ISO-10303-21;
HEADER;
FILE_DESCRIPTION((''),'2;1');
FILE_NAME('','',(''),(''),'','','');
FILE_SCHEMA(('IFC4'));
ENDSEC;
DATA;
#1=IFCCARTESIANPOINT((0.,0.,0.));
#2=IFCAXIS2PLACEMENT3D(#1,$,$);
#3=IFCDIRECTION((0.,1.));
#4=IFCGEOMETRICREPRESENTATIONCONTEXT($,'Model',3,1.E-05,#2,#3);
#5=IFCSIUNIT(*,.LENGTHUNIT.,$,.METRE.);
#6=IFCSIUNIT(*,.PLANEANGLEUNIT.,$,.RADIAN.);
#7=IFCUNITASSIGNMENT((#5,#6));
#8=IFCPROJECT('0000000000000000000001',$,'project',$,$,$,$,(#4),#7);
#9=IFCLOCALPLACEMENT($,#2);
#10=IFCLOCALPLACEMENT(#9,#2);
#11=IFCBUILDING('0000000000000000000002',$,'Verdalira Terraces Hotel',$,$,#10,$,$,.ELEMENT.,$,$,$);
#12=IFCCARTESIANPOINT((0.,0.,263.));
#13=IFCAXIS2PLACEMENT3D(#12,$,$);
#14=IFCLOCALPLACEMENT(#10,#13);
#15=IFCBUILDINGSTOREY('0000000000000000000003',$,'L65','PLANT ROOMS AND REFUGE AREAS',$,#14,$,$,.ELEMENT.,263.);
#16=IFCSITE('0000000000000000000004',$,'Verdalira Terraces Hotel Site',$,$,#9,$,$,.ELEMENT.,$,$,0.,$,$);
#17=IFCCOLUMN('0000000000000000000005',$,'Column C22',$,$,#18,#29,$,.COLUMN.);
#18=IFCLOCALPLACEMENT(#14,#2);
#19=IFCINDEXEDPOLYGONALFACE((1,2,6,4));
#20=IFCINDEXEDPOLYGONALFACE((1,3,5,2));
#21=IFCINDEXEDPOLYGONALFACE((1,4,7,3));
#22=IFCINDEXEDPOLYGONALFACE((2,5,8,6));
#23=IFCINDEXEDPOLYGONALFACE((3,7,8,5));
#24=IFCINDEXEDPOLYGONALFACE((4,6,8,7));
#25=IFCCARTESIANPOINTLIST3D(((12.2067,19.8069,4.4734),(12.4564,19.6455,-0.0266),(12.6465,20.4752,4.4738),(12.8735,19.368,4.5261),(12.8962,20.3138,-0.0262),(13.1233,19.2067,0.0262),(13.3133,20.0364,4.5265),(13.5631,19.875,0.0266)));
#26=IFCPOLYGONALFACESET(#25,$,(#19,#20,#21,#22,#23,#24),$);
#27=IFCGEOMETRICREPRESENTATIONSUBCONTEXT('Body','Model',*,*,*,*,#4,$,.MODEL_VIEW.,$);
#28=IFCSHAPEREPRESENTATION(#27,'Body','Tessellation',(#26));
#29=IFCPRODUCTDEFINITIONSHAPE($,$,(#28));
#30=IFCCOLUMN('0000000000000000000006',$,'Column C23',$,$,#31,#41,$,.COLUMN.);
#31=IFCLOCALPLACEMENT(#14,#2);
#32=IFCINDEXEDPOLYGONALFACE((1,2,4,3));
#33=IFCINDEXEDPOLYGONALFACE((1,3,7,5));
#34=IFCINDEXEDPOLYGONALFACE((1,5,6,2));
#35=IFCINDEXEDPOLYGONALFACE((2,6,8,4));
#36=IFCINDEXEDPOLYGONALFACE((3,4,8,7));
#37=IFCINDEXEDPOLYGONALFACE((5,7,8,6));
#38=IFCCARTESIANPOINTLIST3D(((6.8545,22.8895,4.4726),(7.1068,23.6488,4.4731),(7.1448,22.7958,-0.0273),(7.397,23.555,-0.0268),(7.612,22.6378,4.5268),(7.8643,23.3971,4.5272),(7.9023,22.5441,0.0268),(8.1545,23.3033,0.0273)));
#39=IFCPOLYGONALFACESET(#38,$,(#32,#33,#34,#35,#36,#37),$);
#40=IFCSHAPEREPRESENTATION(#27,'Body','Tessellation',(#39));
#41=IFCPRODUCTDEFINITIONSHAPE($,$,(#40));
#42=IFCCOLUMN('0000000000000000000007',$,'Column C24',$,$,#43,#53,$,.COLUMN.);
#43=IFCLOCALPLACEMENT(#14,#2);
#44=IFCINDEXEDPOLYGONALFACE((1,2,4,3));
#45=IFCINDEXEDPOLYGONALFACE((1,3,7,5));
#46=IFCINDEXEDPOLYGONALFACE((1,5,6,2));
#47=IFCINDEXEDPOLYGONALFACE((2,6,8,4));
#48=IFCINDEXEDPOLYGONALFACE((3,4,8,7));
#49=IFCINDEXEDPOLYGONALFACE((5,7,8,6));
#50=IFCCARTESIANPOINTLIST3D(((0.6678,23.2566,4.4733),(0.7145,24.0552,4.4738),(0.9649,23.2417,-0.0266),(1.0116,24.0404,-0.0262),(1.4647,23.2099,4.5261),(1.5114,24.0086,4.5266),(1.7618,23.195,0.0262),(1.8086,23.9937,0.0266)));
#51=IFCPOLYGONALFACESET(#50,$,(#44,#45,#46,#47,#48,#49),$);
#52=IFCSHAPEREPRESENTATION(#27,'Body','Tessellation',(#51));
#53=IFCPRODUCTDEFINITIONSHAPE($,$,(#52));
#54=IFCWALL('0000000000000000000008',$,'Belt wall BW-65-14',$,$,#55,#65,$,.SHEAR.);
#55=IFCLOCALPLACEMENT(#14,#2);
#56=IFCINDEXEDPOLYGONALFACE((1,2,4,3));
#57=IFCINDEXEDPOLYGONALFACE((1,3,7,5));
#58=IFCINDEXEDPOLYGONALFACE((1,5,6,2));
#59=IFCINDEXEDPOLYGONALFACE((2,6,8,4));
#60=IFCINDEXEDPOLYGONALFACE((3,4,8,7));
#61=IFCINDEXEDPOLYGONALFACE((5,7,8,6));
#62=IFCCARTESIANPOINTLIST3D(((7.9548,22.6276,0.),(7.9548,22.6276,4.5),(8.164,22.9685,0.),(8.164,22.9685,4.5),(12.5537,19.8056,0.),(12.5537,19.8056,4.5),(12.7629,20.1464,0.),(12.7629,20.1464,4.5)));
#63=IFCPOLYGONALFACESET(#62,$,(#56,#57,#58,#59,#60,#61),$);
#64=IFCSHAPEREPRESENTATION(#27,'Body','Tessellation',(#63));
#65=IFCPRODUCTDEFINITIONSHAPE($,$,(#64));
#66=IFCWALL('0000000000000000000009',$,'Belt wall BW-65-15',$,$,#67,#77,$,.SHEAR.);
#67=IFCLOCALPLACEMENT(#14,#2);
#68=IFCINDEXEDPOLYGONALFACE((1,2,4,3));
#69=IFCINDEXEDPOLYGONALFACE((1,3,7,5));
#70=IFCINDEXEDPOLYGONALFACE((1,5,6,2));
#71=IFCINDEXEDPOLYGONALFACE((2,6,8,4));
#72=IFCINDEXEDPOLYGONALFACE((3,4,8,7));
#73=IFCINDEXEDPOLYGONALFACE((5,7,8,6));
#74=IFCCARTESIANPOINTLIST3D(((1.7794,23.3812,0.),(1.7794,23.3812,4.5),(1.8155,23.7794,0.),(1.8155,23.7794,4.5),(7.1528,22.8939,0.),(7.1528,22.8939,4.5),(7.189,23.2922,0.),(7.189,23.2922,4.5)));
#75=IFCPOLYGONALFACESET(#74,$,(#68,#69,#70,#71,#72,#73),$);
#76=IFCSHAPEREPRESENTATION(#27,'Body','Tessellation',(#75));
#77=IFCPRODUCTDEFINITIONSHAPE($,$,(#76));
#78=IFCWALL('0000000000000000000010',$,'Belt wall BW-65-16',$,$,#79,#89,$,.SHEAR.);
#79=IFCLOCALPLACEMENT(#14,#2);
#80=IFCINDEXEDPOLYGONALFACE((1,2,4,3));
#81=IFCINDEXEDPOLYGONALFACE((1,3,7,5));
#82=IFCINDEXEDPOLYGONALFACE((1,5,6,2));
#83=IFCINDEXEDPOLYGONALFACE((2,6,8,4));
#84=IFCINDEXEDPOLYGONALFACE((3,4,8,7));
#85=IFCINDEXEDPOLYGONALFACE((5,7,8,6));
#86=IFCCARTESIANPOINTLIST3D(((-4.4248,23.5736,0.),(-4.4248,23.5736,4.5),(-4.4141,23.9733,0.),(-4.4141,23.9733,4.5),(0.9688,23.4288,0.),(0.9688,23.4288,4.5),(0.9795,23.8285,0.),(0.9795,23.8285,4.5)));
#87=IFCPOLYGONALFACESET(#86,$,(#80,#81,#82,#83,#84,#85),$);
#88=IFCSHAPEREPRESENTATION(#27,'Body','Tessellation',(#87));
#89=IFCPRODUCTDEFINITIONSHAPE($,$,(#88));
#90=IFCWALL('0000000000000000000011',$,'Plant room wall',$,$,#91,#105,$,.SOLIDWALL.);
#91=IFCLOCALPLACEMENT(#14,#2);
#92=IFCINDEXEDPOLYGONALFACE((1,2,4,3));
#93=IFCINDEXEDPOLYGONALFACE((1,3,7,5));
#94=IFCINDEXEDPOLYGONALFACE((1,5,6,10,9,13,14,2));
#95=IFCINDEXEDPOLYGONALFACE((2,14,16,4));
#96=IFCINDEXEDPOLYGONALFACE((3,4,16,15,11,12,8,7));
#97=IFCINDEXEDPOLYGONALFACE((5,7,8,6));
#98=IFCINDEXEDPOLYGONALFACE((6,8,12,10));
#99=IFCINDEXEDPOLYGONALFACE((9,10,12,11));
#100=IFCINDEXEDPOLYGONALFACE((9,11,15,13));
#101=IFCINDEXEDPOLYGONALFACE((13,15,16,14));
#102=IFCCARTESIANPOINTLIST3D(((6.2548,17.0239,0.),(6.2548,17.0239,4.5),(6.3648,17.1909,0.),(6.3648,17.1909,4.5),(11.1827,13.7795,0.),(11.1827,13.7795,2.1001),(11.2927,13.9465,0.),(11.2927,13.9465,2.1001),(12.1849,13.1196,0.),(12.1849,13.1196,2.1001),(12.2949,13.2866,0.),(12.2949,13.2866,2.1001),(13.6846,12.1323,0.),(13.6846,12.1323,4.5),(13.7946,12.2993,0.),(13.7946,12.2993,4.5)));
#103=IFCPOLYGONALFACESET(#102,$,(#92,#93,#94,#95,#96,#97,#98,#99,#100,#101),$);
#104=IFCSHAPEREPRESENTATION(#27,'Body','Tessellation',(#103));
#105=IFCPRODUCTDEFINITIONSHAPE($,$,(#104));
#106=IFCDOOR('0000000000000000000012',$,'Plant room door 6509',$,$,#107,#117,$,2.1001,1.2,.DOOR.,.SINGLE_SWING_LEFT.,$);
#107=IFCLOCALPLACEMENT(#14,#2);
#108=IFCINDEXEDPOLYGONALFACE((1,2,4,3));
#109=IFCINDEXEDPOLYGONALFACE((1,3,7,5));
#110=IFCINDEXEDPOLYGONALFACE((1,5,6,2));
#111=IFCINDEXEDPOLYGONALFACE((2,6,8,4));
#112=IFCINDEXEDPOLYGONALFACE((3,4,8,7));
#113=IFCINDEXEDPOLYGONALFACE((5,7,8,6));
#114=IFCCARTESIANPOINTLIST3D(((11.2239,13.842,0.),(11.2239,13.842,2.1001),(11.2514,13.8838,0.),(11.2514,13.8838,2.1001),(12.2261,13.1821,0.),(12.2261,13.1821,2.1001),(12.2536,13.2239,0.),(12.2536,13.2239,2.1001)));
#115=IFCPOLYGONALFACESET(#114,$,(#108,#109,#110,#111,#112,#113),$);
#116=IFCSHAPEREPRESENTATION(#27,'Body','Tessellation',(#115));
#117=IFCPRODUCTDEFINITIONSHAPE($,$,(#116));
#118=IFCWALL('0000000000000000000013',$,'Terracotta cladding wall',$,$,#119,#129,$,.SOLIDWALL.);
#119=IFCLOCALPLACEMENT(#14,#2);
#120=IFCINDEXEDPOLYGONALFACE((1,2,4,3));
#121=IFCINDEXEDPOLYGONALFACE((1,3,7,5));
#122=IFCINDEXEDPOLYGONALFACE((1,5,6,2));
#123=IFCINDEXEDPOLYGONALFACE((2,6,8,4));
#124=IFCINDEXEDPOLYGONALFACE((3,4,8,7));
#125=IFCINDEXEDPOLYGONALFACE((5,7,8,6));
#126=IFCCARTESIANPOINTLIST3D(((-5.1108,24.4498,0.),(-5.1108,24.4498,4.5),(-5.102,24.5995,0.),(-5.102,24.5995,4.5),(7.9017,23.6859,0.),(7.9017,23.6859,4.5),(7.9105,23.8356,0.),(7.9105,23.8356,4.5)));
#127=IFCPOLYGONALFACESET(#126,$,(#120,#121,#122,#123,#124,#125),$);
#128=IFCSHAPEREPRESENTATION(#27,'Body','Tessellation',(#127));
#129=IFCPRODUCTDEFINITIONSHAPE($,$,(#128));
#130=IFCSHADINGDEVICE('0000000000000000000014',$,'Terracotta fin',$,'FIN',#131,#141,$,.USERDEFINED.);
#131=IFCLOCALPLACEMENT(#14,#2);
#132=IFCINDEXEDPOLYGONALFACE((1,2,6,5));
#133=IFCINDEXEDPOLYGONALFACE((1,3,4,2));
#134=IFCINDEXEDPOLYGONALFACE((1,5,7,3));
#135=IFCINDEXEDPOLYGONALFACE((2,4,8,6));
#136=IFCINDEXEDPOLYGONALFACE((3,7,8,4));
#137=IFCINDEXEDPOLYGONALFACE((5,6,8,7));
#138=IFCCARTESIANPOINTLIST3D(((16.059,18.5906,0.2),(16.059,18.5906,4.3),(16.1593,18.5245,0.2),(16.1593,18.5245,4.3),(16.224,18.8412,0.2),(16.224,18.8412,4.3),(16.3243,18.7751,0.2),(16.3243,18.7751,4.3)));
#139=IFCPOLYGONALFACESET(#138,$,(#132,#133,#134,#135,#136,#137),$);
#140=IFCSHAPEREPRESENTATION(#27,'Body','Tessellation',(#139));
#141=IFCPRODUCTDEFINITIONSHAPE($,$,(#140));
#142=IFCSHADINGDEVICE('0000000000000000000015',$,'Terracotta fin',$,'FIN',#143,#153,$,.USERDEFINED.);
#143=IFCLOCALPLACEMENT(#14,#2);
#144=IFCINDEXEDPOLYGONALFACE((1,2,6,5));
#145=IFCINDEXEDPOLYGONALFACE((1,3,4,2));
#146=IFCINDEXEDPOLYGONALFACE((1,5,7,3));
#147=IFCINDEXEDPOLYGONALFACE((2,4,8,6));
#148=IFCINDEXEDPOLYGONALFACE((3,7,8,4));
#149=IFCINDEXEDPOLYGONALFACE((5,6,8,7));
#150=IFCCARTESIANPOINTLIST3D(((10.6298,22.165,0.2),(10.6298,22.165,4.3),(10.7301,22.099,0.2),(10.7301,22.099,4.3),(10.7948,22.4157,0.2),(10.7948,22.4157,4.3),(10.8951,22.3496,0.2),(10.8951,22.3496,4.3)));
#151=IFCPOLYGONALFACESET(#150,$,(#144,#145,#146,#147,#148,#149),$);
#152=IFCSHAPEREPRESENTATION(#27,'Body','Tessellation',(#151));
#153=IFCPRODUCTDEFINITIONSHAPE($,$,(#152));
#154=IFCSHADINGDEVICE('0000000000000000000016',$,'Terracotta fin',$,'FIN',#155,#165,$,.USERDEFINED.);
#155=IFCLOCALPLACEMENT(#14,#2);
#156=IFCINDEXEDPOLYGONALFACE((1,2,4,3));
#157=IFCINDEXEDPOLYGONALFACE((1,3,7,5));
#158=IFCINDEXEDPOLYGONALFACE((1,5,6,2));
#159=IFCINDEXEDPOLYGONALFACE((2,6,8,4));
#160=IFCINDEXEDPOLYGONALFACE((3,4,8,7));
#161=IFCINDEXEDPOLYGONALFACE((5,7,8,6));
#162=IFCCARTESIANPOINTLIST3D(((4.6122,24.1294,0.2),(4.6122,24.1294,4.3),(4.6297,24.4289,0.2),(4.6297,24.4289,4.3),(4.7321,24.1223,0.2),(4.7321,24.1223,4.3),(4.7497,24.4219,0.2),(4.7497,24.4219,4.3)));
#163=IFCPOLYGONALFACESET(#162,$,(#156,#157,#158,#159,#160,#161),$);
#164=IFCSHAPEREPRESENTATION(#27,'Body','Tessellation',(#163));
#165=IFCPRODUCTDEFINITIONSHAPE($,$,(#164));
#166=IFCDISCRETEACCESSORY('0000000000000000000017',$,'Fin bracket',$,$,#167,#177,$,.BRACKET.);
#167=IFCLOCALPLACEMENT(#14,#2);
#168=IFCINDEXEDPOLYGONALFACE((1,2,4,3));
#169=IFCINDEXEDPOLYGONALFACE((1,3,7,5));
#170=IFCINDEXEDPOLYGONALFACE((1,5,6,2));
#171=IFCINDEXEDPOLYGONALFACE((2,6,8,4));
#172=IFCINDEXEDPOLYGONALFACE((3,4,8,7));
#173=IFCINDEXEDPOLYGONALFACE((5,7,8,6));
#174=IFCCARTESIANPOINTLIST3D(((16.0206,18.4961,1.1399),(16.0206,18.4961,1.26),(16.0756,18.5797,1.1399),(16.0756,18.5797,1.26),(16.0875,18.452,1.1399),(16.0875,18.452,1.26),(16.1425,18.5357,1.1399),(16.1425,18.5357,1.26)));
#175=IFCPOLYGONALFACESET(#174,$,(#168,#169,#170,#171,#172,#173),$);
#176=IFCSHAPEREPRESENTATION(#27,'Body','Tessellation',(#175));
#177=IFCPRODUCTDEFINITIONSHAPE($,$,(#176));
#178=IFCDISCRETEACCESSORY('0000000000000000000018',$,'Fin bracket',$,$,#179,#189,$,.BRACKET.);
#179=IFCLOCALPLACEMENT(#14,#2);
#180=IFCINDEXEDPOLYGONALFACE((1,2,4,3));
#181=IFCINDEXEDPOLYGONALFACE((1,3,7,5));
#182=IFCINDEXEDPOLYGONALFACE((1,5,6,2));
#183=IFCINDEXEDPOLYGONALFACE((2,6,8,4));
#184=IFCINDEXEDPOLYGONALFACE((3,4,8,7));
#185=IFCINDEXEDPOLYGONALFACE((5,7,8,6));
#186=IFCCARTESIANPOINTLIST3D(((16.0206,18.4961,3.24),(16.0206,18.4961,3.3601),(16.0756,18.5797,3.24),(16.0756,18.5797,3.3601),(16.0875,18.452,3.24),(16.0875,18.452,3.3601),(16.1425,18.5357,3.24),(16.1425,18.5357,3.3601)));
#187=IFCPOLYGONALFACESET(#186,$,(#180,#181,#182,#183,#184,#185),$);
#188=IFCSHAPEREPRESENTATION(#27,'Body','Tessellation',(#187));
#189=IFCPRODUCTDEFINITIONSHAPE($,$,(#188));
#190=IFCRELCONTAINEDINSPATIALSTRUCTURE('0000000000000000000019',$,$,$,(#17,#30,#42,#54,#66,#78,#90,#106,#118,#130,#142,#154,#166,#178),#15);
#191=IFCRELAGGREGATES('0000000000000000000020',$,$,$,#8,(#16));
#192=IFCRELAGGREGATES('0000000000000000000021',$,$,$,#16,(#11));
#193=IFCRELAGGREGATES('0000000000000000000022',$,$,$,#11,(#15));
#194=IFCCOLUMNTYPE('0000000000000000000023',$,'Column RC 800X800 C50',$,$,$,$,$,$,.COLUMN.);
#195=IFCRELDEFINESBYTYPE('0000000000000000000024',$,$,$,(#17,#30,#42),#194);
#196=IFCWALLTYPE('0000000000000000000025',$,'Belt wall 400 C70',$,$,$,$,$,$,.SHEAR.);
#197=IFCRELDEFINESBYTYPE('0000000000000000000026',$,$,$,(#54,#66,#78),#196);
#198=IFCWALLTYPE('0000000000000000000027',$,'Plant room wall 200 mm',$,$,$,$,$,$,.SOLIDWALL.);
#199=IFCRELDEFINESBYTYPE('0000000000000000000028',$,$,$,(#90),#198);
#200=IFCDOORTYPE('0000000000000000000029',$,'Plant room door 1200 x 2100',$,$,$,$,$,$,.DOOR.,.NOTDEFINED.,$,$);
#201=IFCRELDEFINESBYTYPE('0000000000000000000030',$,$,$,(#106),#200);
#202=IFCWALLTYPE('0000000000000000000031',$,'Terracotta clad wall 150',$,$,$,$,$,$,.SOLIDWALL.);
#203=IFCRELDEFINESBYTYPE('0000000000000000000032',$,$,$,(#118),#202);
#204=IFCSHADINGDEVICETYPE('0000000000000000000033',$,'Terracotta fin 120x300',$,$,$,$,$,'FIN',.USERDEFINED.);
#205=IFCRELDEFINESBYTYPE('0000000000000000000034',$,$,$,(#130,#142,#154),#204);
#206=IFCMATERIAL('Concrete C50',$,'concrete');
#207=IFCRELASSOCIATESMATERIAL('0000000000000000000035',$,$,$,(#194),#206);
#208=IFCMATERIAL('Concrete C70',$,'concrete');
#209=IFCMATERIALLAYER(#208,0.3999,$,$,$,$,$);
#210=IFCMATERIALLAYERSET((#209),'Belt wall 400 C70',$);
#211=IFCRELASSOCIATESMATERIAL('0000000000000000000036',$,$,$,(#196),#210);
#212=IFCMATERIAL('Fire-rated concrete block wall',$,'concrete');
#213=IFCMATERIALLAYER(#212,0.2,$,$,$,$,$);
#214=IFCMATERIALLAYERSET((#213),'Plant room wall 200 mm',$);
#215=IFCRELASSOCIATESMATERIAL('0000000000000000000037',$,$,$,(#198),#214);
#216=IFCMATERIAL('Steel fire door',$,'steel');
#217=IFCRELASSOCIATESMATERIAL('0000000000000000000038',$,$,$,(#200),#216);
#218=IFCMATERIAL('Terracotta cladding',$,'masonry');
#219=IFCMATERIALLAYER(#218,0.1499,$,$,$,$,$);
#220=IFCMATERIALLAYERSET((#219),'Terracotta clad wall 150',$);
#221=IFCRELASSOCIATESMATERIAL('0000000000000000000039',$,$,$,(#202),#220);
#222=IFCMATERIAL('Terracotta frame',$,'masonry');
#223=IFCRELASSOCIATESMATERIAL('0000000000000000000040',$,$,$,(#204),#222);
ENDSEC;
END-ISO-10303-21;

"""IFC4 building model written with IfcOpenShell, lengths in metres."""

from ifc_helpers import new_model, si_unit, direction, frame, frame_2d, origin, origin_2d, place, context, subcontext, project, spatial, rectangle, extrude, material, layer, layer_set, material_profile, profile_set, type_object, element, fill, save


model = new_model("IFC4")

# Units and contexts
model_context = context("Model", 3, precision=1e-05, world=origin(), true_north=direction((0.0, 1.0)))
body_context = subcontext(model_context, "Body", "Model", "MODEL_VIEW")
ifc_project = project(units=[si_unit("LENGTHUNIT", "METRE"), si_unit("PLANEANGLEUNIT", "RADIAN")], contexts=[model_context])

# Site, building, storey
site_placement = place(None, origin())
site = spatial("IfcSite", under=ifc_project, at=site_placement, Name="Verdalira Terraces Hotel Site", CompositionType="ELEMENT", RefElevation=0.0)
building_placement = place(site_placement, origin())
building = spatial("IfcBuilding", under=site, at=building_placement, Name="Verdalira Terraces Hotel", CompositionType="ELEMENT")
storey_placement = place(building_placement, frame((0.0, 0.0, 263.0)))
storey = spatial("IfcBuildingStorey", under=building, at=storey_placement, Name="L65", Description="PLANT ROOMS AND REFUGE AREAS", CompositionType="ELEMENT", Elevation=263.0)

# Columns
ifc_material_1 = material(Name="Concrete C50", Category="concrete")
ifc_material_profile_1 = material_profile(ifc_material_1, rectangle(XDim=0.8, YDim=0.8, at=origin_2d()), Name="RC 800X800")
ifc_profile_set_1 = profile_set([ifc_material_profile_1], Name="Concrete C50")
column_type = type_object("IfcColumnType", Name="Column RC 800X800 C50", PredefinedType="COLUMN", material=ifc_profile_set_1)
column_1_placement = place(storey_placement, frame((13.0098, 19.7603, 0.0), z_axis=(-0.055381, 0.035784, 0.997824), x_axis=(-0.833509, 0.548558, -0.065933)))
element("IfcColumn", 1, at=column_1_placement, inside=storey, type_object=column_type, Name="Column C22", PredefinedType="COLUMN", context=body_context, shape_type="SweptSolid", body=[
    extrude(rectangle(XDim=0.8, YDim=0.8, at=origin_2d()), origin(), (0.0, 0.0, 1.0), 4.5098),
])
column_2_placement = place(storey_placement, frame((7.6497, 23.0496, 0.0), z_axis=(-0.06436, 0.020786, 0.99771), x_axis=(0.94681, -0.314606, 0.067631)))
element("IfcColumn", 2, at=column_2_placement, inside=storey, type_object=column_type, Name="Column C23", PredefinedType="COLUMN", context=body_context, shape_type="SweptSolid", body=[
    extrude(rectangle(XDim=0.8, YDim=0.8, at=origin_2d()), origin(), (0.0, 0.0, 1.0), 4.5103),
])
column_3_placement = place(storey_placement, frame((1.3867, 23.6177, 0.0), z_axis=(-0.065883, 0.003302, 0.997822), x_axis=(-0.996115, 0.058334, -0.065963)))
element("IfcColumn", 3, at=column_3_placement, inside=storey, type_object=column_type, Name="Column C24", PredefinedType="COLUMN", context=body_context, shape_type="SweptSolid", body=[
    extrude(rectangle(XDim=0.8, YDim=0.8, at=origin_2d()), origin(), (0.0, 0.0, 1.0), 4.5098),
])

# Walls
ifc_material_2 = material(Name="Concrete C70", Category="concrete")
ifc_layer_1 = layer(ifc_material_2, 0.3999)
ifc_layer_set_1 = layer_set([ifc_layer_1], Name="Belt wall 400 C70")
wall_type_1 = type_object("IfcWallType", Name="Belt wall 400 C70", PredefinedType="SHEAR", material=ifc_layer_set_1)
wall_1_placement = place(storey_placement, frame((12.6582, 19.9761, 0.0), z_axis=(0.0, 0.0, 1.0), x_axis=(-0.852324, 0.523014, 0.0)))
element("IfcWall", 4, at=wall_1_placement, inside=storey, type_object=wall_type_1, Name="Belt wall BW-65-14", PredefinedType="SHEAR", context=body_context, shape_type="SweptSolid", body=[
    extrude(rectangle(XDim=5.3958, YDim=0.3999, at=frame_2d((2.6978, 0.0))), origin(), (0.0, 0.0, 1.0), 4.5),
])
for number, where, z_axis, x_axis, name in (
    (5, (7.1709, 23.093, 0.0), (0.0, 0.0, 1.0), (-0.995913, 0.090315, 0.0), "Belt wall BW-65-15"),
    (6, (0.9741, 23.6287, 0.0), (0.0, 0.0, 1.0), (-0.99964, 0.026833, 0.0), "Belt wall BW-65-16"),
):
    element("IfcWall", number, at=place(storey_placement, frame(where, z_axis=z_axis, x_axis=x_axis)), inside=storey, type_object=wall_type_1, Name=name, PredefinedType="SHEAR", context=body_context, shape_type="SweptSolid", body=[
        extrude(rectangle(XDim=5.3955, YDim=0.3999, at=frame_2d((2.6978, 0.0))), origin(), (0.0, 0.0, 1.0), 4.5),
    ])

# Wall, opening, door
ifc_material_3 = material(Name="Fire-rated concrete block wall", Category="concrete")
ifc_layer_2 = layer(ifc_material_3, 0.2)
ifc_layer_set_2 = layer_set([ifc_layer_2], Name="Plant room wall 200 mm")
wall_type_2 = type_object("IfcWallType", Name="Plant room wall 200 mm", PredefinedType="SOLIDWALL", material=ifc_layer_set_2)
wall_2_placement = place(storey_placement, frame((6.3098, 17.1074, 0.0), z_axis=(0.0, 0.0, 1.0), x_axis=(0.835229, -0.549903, 0.0)))
wall_2 = element("IfcWall", 7, at=wall_2_placement, inside=storey, type_object=wall_type_2, Name="Plant room wall", PredefinedType="SOLIDWALL", context=body_context, shape_type="SweptSolid", body=[
    extrude(rectangle(XDim=8.8955, YDim=0.2, at=frame_2d((4.4478, 0.0))), origin(), (0.0, 0.0, 1.0), 4.5),
])
opening_placement = place(wall_2_placement, frame((5.8999, 0.0, 0.0)))
opening = element("IfcOpeningElement", 8, at=opening_placement, cuts=wall_2, PredefinedType="OPENING", context=body_context, shape_type="SweptSolid", body=[
    extrude(rectangle(XDim=1.2, YDim=2.1001, at=frame_2d((0.6001, 1.05))), frame((0.0, 0.1099, 0.0), z_axis=(0.0, -1.0, 0.0), x_axis=(1.0, 0.0, 0.0)), (0.0, 0.0, 1.0), 0.22),
])
ifc_material_4 = material(Name="Steel fire door", Category="steel")
door_type = type_object("IfcDoorType", Name="Plant room door 1200 x 2100", OperationType="NOTDEFINED", PredefinedType="DOOR", material=ifc_material_4)
door_placement = place(opening_placement, origin())
door = element("IfcDoor", 9, at=door_placement, inside=storey, type_object=door_type, Name="Plant room door 6509", OperationType="SINGLE_SWING_LEFT", OverallHeight=2.1001, OverallWidth=1.2, PredefinedType="DOOR", context=body_context, shape_type="SweptSolid", body=[
    extrude(rectangle(XDim=1.2, YDim=2.1001, at=frame_2d((0.6001, 1.05))), frame((0.0, 0.0249, 0.0), z_axis=(0.0, -1.0, 0.0), x_axis=(1.0, 0.0, 0.0)), (0.0, 0.0, 1.0), 0.05),
])
fill(opening, door)

# Wall
ifc_material_5 = material(Name="Terracotta cladding", Category="masonry")
ifc_layer_3 = layer(ifc_material_5, 0.1499)
ifc_layer_set_3 = layer_set([ifc_layer_3], Name="Terracotta clad wall 150")
wall_type_3 = type_object("IfcWallType", Name="Terracotta clad wall 150", PredefinedType="SOLIDWALL", material=ifc_layer_set_3)
wall_3_placement = place(storey_placement, frame((7.9062, 23.7607, 0.0), z_axis=(0.0, 0.0, 1.0), x_axis=(-0.998281, 0.058606, 0.0)))
element("IfcWall", 10, at=wall_3_placement, inside=storey, type_object=wall_type_3, Name="Terracotta cladding wall", PredefinedType="SOLIDWALL", context=body_context, shape_type="SweptSolid", body=[
    extrude(rectangle(XDim=13.0349, YDim=0.1499, at=frame_2d((6.5176, 0.0))), origin(), (0.0, 0.0, 1.0), 4.5),
])

# Shading devices
ifc_material_6 = material(Name="Terracotta frame", Category="masonry")
ifc_material_profile_2 = material_profile(ifc_material_6, rectangle(XDim=0.1201, YDim=0.3, at=origin_2d()), Name="FIN 120x300")
ifc_profile_set_2 = profile_set([ifc_material_profile_2], Name="Terracotta frame")
shading_device_type = type_object("IfcShadingDeviceType", Name="Terracotta fin 120x300", ElementType="FIN", PredefinedType="USERDEFINED", material=ifc_profile_set_2)
for number, where, z_axis, x_axis, name in (
    (11, (16.1916, 18.6829, 0.2), (0.0, 0.0, 1.0), (-0.835232, 0.549898, 0.0), "Terracotta fin"),
    (12, (10.7625, 22.2573, 0.2), (0.0, 0.0, 1.0), (-0.835232, 0.549898, 0.0), "Terracotta fin"),
    (13, (4.6809, 24.2756, 0.2), (0.0, 0.0, 1.0), (-0.998281, 0.058609, 0.0), "Terracotta fin"),
):
    element("IfcShadingDevice", number, at=place(storey_placement, frame(where, z_axis=z_axis, x_axis=x_axis)), inside=storey, type_object=shading_device_type, Name=name, ObjectType="FIN", PredefinedType="USERDEFINED", context=body_context, shape_type="SweptSolid", body=[
        extrude(rectangle(XDim=0.1201, YDim=0.3, at=origin_2d()), origin(), (0.0, 0.0, 1.0), 4.1001),
    ])

# Discrete accessories
for number, where, z_axis, x_axis, name in (
    (14, (16.0815, 18.5159, 1.1399), (0.0, 0.0, 1.0), (-0.835232, 0.549898, 0.0), "Fin bracket"),
    (15, (16.0815, 18.5159, 3.24), (0.0, 0.0, 1.0), (-0.835232, 0.549898, 0.0), "Fin bracket"),
):
    element("IfcDiscreteAccessory", number, at=place(storey_placement, frame(where, z_axis=z_axis, x_axis=x_axis)), inside=storey, Name=name, PredefinedType="BRACKET", context=body_context, shape_type="SweptSolid", body=[
        extrude(rectangle(XDim=0.0801, YDim=0.1001, at=origin_2d()), origin(), (0.0, 0.0, 1.0), 0.1201),
    ])

save(model, "model.ifc")
